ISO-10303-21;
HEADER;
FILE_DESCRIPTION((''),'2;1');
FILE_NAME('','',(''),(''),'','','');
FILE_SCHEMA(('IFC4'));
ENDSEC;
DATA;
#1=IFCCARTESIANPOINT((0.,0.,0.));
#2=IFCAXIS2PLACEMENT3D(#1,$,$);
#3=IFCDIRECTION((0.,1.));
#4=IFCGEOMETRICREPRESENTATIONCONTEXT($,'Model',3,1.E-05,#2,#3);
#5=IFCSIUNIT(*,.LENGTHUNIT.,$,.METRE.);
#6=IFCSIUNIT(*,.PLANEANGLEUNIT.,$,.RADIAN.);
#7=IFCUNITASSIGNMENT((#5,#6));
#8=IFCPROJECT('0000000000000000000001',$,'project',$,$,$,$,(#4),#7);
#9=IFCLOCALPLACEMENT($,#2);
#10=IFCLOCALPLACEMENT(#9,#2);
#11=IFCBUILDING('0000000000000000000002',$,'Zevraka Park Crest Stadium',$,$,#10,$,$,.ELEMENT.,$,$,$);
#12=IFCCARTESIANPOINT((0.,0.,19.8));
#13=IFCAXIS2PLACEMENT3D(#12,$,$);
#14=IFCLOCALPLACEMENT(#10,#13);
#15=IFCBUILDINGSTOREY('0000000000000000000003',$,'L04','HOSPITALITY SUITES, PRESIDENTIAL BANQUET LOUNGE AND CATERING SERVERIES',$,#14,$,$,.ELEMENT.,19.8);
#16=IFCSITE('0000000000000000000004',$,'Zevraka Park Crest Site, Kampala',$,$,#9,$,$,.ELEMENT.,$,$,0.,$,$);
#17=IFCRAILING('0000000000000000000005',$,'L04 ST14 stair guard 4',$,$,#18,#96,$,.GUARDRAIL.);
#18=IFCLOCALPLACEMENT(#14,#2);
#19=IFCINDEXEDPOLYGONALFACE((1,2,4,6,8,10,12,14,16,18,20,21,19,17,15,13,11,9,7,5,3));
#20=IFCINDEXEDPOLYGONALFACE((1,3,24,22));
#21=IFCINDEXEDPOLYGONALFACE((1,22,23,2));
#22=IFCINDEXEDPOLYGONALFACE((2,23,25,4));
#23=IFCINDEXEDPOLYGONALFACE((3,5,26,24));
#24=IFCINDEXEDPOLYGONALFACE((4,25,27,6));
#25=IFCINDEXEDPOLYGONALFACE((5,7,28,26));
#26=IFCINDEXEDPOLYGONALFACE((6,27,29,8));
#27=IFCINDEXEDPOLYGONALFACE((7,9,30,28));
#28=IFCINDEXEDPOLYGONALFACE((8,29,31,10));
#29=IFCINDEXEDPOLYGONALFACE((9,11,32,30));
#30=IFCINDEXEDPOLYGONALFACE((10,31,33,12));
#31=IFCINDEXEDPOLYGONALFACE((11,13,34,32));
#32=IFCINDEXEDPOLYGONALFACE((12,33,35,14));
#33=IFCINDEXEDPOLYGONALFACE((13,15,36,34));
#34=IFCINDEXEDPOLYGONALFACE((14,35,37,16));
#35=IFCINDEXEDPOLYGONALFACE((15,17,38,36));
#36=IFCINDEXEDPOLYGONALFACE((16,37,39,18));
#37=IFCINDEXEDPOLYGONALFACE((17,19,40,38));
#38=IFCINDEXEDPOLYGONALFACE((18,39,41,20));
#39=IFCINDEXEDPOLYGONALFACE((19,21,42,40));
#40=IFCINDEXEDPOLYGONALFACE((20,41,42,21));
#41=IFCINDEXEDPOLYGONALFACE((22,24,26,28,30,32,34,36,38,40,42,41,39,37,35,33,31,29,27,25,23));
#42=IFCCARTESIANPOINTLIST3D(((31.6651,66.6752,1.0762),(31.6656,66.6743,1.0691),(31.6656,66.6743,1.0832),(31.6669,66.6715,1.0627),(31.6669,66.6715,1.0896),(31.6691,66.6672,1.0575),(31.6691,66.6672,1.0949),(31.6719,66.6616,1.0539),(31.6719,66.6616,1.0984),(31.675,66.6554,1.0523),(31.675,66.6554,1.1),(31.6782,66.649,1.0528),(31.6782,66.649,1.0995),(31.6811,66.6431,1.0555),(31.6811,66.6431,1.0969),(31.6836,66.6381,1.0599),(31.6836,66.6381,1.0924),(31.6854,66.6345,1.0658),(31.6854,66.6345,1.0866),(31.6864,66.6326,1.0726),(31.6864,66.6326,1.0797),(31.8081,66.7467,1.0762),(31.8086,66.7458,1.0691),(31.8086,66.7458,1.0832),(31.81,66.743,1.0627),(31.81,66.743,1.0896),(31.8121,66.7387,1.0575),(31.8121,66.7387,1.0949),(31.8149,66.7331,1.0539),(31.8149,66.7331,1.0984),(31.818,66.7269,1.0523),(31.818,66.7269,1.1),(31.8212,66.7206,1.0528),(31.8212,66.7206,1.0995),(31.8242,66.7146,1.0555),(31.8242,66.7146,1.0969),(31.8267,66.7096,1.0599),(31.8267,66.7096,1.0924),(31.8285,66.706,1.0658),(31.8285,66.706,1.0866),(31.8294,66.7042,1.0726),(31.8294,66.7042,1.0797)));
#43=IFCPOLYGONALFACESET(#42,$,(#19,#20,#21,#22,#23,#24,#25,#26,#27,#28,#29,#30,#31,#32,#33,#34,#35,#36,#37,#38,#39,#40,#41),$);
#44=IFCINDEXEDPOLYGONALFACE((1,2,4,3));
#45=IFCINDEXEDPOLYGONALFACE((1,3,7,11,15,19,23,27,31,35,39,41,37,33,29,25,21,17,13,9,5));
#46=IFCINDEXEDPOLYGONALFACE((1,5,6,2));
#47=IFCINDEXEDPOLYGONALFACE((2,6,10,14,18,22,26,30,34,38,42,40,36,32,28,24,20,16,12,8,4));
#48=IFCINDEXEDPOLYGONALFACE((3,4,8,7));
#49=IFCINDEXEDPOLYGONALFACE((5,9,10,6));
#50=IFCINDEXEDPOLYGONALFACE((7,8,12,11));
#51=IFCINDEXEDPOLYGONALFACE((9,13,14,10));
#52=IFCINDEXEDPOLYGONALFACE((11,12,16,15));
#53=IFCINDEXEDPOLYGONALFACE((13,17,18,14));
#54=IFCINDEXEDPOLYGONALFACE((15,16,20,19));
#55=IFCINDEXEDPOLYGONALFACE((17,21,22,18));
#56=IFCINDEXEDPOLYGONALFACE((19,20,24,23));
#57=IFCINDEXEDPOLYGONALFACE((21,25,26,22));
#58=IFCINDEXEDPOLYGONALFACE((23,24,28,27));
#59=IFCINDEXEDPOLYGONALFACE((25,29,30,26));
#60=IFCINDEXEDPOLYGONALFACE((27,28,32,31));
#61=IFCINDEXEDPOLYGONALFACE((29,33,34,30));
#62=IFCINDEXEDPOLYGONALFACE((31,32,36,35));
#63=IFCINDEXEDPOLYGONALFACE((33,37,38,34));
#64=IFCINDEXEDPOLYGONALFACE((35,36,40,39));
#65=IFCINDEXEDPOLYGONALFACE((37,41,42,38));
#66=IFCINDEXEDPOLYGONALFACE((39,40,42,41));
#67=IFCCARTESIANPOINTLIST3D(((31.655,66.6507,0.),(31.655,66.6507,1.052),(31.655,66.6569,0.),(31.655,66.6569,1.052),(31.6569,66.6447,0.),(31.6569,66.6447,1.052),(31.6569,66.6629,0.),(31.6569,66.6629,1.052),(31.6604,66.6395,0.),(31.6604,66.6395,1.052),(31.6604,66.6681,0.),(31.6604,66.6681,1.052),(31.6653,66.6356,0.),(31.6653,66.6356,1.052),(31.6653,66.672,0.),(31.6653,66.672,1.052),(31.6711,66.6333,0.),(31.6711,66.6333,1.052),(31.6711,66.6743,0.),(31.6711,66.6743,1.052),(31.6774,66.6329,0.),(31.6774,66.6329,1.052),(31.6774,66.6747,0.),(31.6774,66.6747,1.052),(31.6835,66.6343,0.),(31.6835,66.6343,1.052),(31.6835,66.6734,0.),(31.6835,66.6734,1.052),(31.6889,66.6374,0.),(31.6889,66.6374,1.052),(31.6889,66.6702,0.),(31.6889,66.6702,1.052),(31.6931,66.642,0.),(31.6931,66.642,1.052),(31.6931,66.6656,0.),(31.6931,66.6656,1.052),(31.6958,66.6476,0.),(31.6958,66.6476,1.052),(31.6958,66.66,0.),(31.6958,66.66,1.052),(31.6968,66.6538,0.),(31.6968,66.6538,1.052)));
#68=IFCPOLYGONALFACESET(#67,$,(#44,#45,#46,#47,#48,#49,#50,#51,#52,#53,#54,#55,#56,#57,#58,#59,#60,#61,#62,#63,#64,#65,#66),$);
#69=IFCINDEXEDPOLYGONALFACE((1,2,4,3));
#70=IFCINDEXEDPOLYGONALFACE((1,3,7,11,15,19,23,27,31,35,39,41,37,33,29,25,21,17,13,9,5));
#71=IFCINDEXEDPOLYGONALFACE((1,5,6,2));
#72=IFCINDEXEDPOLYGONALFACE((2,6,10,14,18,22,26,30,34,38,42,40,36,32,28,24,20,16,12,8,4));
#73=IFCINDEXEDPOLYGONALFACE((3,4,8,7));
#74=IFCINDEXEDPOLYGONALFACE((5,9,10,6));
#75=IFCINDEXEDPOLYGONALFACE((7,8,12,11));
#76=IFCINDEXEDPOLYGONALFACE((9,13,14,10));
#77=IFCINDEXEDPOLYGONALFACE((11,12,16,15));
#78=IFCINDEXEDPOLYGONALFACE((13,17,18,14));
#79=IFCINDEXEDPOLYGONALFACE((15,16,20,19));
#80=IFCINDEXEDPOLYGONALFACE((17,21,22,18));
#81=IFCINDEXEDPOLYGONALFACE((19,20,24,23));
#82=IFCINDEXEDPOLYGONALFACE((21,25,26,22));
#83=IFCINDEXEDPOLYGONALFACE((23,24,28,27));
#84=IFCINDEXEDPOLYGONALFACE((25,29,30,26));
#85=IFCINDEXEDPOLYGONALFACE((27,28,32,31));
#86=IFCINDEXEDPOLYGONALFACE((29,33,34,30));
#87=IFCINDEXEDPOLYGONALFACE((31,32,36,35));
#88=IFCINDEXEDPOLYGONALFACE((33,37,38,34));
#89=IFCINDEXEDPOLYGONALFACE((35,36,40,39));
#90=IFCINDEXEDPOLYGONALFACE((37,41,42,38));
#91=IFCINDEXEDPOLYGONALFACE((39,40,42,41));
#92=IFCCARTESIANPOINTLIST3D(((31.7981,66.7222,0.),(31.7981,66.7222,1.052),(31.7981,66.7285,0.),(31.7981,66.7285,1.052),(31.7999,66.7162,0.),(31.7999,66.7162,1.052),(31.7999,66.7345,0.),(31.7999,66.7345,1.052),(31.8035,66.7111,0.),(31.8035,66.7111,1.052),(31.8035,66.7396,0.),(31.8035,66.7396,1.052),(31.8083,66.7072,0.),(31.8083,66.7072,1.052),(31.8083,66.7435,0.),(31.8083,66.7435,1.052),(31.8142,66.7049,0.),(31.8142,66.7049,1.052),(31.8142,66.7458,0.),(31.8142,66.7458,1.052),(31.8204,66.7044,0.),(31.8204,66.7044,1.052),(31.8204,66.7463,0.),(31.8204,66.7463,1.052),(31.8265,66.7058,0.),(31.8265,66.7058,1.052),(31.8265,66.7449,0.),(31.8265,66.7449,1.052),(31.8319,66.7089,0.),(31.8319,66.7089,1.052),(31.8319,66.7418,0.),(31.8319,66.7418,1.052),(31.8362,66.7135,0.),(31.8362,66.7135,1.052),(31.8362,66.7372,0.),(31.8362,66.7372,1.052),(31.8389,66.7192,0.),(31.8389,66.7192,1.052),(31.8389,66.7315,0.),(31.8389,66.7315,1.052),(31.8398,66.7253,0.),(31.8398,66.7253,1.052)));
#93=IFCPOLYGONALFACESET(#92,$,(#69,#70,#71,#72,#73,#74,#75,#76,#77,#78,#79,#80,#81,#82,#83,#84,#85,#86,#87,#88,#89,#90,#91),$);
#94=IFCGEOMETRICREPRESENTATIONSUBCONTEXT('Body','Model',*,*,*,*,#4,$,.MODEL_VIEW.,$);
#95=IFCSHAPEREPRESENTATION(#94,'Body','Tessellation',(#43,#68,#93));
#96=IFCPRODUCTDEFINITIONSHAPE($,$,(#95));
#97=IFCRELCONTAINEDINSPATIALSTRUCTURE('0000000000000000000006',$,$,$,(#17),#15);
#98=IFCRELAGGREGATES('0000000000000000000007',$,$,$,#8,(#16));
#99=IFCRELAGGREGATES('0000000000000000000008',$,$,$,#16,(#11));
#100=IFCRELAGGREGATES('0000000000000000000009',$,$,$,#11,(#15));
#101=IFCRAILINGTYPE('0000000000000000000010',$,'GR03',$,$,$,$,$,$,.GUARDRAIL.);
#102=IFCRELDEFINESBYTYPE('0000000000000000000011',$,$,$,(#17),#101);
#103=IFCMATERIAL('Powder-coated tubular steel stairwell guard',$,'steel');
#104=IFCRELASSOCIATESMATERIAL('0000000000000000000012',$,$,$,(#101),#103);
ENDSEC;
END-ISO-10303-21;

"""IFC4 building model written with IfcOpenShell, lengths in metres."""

from ifc_helpers import new_model, si_unit, direction, frame, origin, origin_2d, place, context, subcontext, project, spatial, circle, extrude, material, type_object, element, save


model = new_model("IFC4")

# Units and contexts
model_context = context("Model", 3, precision=1e-05, world=origin(), true_north=direction((0.0, 1.0)))
body_context = subcontext(model_context, "Body", "Model", "MODEL_VIEW")
ifc_project = project(units=[si_unit("LENGTHUNIT", "METRE"), si_unit("PLANEANGLEUNIT", "RADIAN")], contexts=[model_context])

# Site, building, storey
site_placement = place(None, origin())
site = spatial("IfcSite", under=ifc_project, at=site_placement, Name="Zevraka Park Crest Site, Kampala", CompositionType="ELEMENT", RefElevation=0.0)
building_placement = place(site_placement, origin())
building = spatial("IfcBuilding", under=site, at=building_placement, Name="Zevraka Park Crest Stadium", CompositionType="ELEMENT")
storey_placement = place(building_placement, frame((0.0, 0.0, 19.8)))
storey = spatial("IfcBuildingStorey", under=building, at=storey_placement, Name="L04", Description="HOSPITALITY SUITES, PRESIDENTIAL BANQUET LOUNGE AND CATERING SERVERIES", CompositionType="ELEMENT", Elevation=19.8)

# Railing
ifc_material_1 = material(Name="Powder-coated tubular steel stairwell guard", Category="steel")
railing_type_1 = type_object("IfcRailingType", Name="GR03", PredefinedType="GUARDRAIL", material=ifc_material_1)
railing_1_placement = place(storey_placement, frame((31.6758, 66.6538, 0.0)))
element("IfcRailing", 1, at=railing_1_placement, inside=storey, type_object=railing_type_1, Name="L04 ST14 stair guard 4", PredefinedType="GUARDRAIL", context=body_context, shape_type="SweptSolid", body=[
    extrude(circle(Radius=0.0239, at=origin_2d()), frame((0.0, 0.0, 1.0762), z_axis=(0.894427, 0.447214, 0.0), x_axis=(-0.447214, 0.894427, 0.0)), (0.0, 0.0, 1.0), 0.1599),
    extrude(circle(Radius=0.021, at=origin_2d()), origin(), (0.0, 0.0, 1.0), 1.052),
    extrude(circle(Radius=0.021, at=origin_2d()), frame((0.1431, 0.0715, 0.0)), (0.0, 0.0, 1.0), 1.052),
])

save(model, "model.ifc")
